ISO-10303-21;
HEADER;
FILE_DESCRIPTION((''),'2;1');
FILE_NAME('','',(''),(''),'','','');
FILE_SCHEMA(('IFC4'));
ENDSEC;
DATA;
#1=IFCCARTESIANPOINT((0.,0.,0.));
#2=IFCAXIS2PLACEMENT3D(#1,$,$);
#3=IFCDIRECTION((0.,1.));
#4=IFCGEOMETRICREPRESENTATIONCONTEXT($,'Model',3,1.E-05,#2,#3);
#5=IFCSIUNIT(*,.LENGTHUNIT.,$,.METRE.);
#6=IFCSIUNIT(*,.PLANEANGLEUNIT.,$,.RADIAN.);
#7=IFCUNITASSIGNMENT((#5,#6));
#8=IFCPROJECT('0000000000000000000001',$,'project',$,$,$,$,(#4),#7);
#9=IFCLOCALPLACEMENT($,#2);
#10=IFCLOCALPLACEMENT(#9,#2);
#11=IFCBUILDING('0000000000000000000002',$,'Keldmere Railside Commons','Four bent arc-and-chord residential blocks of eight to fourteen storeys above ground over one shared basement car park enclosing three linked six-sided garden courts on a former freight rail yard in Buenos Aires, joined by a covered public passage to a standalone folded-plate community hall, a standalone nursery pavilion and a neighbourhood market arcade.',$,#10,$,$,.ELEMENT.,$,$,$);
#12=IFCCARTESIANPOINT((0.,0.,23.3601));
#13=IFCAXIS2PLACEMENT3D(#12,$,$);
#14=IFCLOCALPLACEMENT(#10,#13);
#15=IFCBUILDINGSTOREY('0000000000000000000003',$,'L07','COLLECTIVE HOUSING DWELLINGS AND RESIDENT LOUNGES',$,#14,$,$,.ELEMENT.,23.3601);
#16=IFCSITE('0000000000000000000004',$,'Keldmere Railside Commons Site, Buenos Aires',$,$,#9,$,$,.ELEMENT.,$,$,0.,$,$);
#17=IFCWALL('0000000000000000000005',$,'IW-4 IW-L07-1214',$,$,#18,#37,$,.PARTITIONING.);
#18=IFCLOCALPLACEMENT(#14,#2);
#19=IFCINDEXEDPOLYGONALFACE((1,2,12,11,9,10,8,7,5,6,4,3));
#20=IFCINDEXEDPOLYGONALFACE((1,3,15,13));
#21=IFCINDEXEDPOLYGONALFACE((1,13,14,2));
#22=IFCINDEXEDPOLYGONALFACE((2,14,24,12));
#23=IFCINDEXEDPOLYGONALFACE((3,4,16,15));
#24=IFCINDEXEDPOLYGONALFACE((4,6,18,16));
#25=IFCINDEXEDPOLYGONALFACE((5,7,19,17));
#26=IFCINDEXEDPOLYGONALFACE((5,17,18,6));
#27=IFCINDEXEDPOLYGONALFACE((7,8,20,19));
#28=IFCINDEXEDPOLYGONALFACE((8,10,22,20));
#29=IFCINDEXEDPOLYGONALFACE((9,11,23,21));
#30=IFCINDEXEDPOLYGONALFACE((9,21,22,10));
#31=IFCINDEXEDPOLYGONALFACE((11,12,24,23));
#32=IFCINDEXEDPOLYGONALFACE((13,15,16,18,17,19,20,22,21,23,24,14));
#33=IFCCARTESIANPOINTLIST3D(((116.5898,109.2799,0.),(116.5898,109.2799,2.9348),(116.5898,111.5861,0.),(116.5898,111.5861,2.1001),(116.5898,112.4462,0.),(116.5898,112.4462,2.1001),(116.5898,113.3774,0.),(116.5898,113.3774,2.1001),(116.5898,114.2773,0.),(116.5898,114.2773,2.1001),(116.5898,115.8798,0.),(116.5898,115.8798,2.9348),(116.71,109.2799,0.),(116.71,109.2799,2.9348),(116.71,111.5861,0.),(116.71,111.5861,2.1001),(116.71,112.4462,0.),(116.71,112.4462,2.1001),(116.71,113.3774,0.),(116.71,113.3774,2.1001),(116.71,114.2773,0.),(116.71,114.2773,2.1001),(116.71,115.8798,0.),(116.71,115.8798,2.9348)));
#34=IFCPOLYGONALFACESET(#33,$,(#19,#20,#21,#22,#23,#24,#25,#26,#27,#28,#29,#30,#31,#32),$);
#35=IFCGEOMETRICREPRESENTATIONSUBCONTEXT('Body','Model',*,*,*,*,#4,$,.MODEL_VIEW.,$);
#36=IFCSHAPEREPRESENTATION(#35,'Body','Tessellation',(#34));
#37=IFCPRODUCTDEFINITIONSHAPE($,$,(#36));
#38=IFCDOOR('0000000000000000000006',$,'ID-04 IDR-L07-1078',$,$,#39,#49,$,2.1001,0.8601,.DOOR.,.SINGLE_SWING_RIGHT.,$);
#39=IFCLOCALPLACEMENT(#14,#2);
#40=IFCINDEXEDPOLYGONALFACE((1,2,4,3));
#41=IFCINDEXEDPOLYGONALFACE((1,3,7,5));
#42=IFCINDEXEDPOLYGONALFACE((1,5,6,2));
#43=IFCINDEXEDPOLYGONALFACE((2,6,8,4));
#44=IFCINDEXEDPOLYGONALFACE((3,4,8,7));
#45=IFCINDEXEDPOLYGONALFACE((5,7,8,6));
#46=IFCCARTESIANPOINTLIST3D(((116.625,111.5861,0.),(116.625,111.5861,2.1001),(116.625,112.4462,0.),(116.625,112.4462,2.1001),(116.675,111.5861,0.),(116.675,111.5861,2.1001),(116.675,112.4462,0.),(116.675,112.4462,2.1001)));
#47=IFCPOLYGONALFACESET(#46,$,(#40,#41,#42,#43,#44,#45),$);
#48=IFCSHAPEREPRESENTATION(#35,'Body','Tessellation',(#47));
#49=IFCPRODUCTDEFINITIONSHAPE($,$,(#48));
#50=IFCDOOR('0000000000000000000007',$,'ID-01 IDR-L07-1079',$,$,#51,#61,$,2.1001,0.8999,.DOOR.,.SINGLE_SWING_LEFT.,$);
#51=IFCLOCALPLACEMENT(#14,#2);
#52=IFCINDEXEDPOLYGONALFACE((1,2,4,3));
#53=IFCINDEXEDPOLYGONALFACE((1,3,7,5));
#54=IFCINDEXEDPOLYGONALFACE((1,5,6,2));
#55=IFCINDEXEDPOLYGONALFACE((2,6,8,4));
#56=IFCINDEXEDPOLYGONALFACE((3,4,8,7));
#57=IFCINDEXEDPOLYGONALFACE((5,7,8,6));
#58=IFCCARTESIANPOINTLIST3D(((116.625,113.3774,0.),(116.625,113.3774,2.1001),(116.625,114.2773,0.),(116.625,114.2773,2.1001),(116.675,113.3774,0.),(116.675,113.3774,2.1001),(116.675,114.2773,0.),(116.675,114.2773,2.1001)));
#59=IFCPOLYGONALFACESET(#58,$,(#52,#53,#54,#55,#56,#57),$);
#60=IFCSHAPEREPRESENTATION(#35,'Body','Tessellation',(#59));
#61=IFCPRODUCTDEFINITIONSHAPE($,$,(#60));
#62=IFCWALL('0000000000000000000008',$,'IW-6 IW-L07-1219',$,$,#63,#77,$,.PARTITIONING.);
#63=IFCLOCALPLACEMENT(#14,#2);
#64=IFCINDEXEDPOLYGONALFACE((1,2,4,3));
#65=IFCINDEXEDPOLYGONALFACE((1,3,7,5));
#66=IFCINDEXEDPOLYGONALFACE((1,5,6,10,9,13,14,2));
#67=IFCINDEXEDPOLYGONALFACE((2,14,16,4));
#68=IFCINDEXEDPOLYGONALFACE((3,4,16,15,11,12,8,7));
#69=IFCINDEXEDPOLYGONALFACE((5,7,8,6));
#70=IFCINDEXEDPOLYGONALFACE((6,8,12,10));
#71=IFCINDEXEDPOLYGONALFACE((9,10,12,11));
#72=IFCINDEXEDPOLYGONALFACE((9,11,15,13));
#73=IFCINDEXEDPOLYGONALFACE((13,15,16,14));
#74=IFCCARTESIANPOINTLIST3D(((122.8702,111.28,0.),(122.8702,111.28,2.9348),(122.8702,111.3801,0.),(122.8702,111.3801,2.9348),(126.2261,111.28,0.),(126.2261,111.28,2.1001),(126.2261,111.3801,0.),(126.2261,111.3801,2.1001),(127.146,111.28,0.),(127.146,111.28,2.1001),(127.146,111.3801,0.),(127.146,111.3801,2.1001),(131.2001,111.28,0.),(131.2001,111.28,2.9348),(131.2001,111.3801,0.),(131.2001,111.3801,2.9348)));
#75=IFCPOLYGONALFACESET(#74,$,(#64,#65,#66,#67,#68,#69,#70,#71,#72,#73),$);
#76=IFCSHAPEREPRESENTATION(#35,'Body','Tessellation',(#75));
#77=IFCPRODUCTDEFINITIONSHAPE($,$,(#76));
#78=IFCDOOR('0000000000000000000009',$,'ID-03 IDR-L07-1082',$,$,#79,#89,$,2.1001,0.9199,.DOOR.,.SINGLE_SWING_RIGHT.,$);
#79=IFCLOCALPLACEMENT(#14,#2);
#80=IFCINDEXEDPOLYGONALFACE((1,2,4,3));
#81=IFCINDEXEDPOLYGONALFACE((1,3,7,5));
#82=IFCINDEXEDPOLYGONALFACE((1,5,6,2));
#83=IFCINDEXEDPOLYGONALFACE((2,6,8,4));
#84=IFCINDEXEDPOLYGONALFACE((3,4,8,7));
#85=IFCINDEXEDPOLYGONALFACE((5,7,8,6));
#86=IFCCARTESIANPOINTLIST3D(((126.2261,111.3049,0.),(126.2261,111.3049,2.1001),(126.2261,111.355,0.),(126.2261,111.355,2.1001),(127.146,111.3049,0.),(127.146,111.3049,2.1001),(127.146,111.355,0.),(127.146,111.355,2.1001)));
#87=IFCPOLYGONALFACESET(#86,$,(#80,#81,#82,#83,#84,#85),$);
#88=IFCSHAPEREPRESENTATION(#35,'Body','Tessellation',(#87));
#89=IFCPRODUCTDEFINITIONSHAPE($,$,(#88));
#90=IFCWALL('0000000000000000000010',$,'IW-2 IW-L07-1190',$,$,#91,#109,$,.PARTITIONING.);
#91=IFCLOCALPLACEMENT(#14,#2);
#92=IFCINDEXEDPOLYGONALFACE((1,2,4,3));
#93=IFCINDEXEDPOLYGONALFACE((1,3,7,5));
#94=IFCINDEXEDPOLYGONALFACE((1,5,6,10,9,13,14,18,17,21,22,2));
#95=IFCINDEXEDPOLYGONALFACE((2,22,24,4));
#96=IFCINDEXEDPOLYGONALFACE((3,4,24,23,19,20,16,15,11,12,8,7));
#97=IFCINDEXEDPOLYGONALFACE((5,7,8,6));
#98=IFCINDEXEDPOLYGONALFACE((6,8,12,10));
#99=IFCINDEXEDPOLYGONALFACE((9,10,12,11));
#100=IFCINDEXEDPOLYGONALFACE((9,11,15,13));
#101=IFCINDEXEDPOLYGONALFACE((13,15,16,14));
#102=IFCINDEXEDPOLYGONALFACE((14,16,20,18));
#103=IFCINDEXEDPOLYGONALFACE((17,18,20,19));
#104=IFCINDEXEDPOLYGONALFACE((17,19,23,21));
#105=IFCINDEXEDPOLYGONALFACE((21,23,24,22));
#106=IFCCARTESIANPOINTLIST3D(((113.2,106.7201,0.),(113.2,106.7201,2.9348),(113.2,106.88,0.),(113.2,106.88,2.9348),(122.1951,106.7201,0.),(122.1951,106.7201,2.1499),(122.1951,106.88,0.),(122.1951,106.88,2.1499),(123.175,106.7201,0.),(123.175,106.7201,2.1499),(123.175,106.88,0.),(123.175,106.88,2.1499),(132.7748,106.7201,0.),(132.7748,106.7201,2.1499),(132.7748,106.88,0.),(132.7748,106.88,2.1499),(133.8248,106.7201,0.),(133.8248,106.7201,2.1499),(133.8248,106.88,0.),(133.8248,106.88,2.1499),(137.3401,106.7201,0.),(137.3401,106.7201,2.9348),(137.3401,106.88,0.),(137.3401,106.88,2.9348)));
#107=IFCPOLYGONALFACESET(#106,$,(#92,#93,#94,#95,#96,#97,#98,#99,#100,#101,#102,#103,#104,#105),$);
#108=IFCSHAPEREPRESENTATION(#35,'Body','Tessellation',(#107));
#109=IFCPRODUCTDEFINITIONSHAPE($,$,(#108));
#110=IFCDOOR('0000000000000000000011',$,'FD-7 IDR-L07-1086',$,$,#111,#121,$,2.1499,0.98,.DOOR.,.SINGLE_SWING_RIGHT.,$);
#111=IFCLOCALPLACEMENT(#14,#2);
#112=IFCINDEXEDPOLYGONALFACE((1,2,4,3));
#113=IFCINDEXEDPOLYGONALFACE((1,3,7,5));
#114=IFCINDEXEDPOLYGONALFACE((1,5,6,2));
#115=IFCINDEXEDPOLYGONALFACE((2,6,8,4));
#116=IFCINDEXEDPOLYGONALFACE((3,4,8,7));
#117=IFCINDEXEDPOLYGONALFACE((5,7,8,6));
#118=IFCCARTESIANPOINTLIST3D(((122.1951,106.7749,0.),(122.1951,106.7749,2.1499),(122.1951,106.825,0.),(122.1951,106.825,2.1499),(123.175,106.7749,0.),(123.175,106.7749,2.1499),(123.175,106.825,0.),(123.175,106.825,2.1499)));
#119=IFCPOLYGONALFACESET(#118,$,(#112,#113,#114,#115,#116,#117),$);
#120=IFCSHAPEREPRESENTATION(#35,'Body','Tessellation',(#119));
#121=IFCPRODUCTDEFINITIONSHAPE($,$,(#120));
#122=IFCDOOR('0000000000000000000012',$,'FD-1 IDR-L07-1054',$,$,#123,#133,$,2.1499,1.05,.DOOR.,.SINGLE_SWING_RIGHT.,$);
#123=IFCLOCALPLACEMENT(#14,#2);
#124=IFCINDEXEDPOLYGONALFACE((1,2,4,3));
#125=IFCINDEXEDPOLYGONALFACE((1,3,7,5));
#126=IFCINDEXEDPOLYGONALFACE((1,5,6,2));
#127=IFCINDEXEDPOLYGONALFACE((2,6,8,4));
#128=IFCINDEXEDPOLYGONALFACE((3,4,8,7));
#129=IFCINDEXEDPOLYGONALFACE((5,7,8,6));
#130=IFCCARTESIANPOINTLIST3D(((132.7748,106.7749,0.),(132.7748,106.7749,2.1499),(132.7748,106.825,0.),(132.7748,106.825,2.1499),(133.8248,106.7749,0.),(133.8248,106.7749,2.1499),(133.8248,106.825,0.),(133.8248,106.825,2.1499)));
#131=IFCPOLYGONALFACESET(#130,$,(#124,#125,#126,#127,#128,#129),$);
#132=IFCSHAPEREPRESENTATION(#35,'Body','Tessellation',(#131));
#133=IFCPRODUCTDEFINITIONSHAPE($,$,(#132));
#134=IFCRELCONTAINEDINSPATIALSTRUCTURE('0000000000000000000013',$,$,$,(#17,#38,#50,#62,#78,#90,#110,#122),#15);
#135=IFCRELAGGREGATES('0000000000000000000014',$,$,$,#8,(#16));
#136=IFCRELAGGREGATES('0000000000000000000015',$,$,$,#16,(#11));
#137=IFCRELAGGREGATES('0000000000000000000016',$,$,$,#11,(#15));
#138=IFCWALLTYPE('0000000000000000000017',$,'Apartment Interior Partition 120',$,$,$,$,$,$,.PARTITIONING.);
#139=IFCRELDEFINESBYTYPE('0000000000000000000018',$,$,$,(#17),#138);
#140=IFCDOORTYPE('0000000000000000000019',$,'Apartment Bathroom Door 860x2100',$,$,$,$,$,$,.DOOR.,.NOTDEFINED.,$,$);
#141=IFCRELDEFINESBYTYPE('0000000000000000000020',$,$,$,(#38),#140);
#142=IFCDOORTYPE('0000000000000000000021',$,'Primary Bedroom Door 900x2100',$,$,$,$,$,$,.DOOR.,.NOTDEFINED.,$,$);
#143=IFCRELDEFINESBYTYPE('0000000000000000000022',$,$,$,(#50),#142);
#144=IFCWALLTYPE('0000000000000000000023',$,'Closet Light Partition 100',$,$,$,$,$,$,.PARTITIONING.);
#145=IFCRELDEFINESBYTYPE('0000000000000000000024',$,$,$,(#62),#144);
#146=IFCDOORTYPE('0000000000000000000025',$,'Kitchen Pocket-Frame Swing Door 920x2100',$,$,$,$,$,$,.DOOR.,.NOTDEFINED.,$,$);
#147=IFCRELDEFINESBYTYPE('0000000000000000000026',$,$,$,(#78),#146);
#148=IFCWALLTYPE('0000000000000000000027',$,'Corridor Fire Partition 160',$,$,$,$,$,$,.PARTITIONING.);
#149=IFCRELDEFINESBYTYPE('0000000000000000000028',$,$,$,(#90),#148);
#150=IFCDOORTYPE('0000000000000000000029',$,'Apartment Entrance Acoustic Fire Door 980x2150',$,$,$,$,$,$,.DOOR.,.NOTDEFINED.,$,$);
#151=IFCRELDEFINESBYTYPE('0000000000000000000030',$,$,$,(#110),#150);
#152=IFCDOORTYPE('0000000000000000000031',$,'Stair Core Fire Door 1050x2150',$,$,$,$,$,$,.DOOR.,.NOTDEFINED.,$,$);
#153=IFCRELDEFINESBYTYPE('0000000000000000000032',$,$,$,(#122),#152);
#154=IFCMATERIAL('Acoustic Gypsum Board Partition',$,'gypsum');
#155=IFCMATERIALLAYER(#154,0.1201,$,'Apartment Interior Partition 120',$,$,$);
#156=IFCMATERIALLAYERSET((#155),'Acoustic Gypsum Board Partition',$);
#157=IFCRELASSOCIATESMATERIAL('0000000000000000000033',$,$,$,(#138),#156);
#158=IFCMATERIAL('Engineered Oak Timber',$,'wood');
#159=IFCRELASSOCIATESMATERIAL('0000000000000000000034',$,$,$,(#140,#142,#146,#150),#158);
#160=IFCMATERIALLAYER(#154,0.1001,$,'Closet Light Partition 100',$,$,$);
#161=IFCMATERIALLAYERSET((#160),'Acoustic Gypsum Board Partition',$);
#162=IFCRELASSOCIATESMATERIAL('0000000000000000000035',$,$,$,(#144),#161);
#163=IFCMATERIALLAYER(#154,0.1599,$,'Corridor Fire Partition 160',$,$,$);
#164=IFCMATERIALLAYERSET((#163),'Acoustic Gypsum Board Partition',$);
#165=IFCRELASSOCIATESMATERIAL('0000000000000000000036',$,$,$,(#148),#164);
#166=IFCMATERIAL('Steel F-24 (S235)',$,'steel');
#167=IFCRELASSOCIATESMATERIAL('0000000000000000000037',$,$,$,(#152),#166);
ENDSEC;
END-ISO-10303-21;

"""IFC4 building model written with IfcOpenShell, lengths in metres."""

from ifc_helpers import new_model, si_unit, direction, frame, frame_2d, origin, place, context, subcontext, project, spatial, rectangle, extrude, material, layer, layer_set, type_object, element, fill, save


model = new_model("IFC4")

# Units and contexts
model_context = context("Model", 3, precision=1e-05, world=origin(), true_north=direction((0.0, 1.0)))
body_context = subcontext(model_context, "Body", "Model", "MODEL_VIEW")
ifc_project = project(units=[si_unit("LENGTHUNIT", "METRE"), si_unit("PLANEANGLEUNIT", "RADIAN")], contexts=[model_context])

# Site, building, storey
site_placement = place(None, origin())
site = spatial("IfcSite", under=ifc_project, at=site_placement, Name="Keldmere Railside Commons Site, Buenos Aires", CompositionType="ELEMENT", RefElevation=0.0)
building_placement = place(site_placement, origin())
building = spatial("IfcBuilding", under=site, at=building_placement, Name="Keldmere Railside Commons", Description="Four bent arc-and-chord residential blocks of eight to fourteen storeys above ground over one shared basement car park enclosing three linked six-sided garden courts on a former freight rail yard in Buenos Aires, joined by a covered public passage to a standalone folded-plate community hall, a standalone nursery pavilion and a neighbourhood market arcade.", CompositionType="ELEMENT")
storey_placement = place(building_placement, frame((0.0, 0.0, 23.3601)))
storey = spatial("IfcBuildingStorey", under=building, at=storey_placement, Name="L07", Description="COLLECTIVE HOUSING DWELLINGS AND RESIDENT LOUNGES", CompositionType="ELEMENT", Elevation=23.3601)

# Shared definitions
ifc_material_1 = material(Name="Acoustic Gypsum Board Partition", Category="gypsum")

# Wall, openings, doors
ifc_layer_1 = layer(ifc_material_1, 0.1201, Name="Apartment Interior Partition 120")
ifc_layer_set_1 = layer_set([ifc_layer_1], Name="Acoustic Gypsum Board Partition")
wall_type_1 = type_object("IfcWallType", Name="Apartment Interior Partition 120", PredefinedType="PARTITIONING", material=ifc_layer_set_1)
wall_1_placement = place(storey_placement, frame((116.6499, 109.28, 0.0), z_axis=(0.0, 0.0, 1.0), x_axis=(0.0, 1.0, 0.0)))
wall_1 = element("IfcWall", 1, at=wall_1_placement, inside=storey, type_object=wall_type_1, Name="IW-4 IW-L07-1214", PredefinedType="PARTITIONING", context=body_context, shape_type="SweptSolid", body=[
    extrude(rectangle(XDim=6.5999, YDim=0.1201, at=frame_2d((3.2998, 0.0))), origin(), (0.0, 0.0, 1.0), 2.9348),
])
opening_1_placement = place(wall_1_placement, frame((2.3059, 0.0, 0.0)))
opening_1 = element("IfcOpeningElement", 2, at=opening_1_placement, cuts=wall_1, PredefinedType="OPENING", context=body_context, shape_type="SweptSolid", body=[
    extrude(rectangle(XDim=0.8601, YDim=2.1001, at=frame_2d((0.4302, 1.05))), frame((0.0, 0.0701, 0.0), z_axis=(0.0, -1.0, 0.0), x_axis=(1.0, 0.0, 0.0)), (0.0, 0.0, 1.0), 0.1401),
])
opening_2_placement = place(wall_1_placement, frame((4.0974, 0.0, 0.0)))
opening_2 = element("IfcOpeningElement", 3, at=opening_2_placement, cuts=wall_1, PredefinedType="OPENING", context=body_context, shape_type="SweptSolid", body=[
    extrude(rectangle(XDim=0.8999, YDim=2.1001, at=frame_2d((0.45, 1.05))), frame((0.0, 0.0701, 0.0), z_axis=(0.0, -1.0, 0.0), x_axis=(1.0, 0.0, 0.0)), (0.0, 0.0, 1.0), 0.1401),
])
ifc_material_2 = material(Name="Engineered Oak Timber", Category="wood")
door_type_1 = type_object("IfcDoorType", Name="Apartment Bathroom Door 860x2100", OperationType="NOTDEFINED", PredefinedType="DOOR", material=ifc_material_2)
door_1_placement = place(opening_1_placement, origin())
door_1 = element("IfcDoor", 4, at=door_1_placement, inside=storey, type_object=door_type_1, Name="ID-04 IDR-L07-1078", OperationType="SINGLE_SWING_RIGHT", OverallHeight=2.1001, OverallWidth=0.8601, PredefinedType="DOOR", context=body_context, shape_type="SweptSolid", body=[
    extrude(rectangle(XDim=0.8601, YDim=2.1001, at=frame_2d((0.4302, 1.05))), frame((0.0, 0.0249, 0.0), z_axis=(0.0, -1.0, 0.0), x_axis=(1.0, 0.0, 0.0)), (0.0, 0.0, 1.0), 0.05),
])
fill(opening_1, door_1)
door_type_2 = type_object("IfcDoorType", Name="Primary Bedroom Door 900x2100", OperationType="NOTDEFINED", PredefinedType="DOOR", material=ifc_material_2)
door_2_placement = place(opening_2_placement, origin())
door_2 = element("IfcDoor", 5, at=door_2_placement, inside=storey, type_object=door_type_2, Name="ID-01 IDR-L07-1079", OperationType="SINGLE_SWING_LEFT", OverallHeight=2.1001, OverallWidth=0.8999, PredefinedType="DOOR", context=body_context, shape_type="SweptSolid", body=[
    extrude(rectangle(XDim=0.8999, YDim=2.1001, at=frame_2d((0.45, 1.05))), frame((0.0, 0.0249, 0.0), z_axis=(0.0, -1.0, 0.0), x_axis=(1.0, 0.0, 0.0)), (0.0, 0.0, 1.0), 0.05),
])
fill(opening_2, door_2)

# Wall, opening, door
ifc_layer_2 = layer(ifc_material_1, 0.1001, Name="Closet Light Partition 100")
ifc_layer_set_2 = layer_set([ifc_layer_2], Name="Acoustic Gypsum Board Partition")
wall_type_2 = type_object("IfcWallType", Name="Closet Light Partition 100", PredefinedType="PARTITIONING", material=ifc_layer_set_2)
wall_2_placement = place(storey_placement, frame((122.8701, 111.3301, 0.0), z_axis=(0.0, 0.0, 1.0), x_axis=(1.0, 0.0, 0.0)))
wall_2 = element("IfcWall", 6, at=wall_2_placement, inside=storey, type_object=wall_type_2, Name="IW-6 IW-L07-1219", PredefinedType="PARTITIONING", context=body_context, shape_type="SweptSolid", body=[
    extrude(rectangle(XDim=8.3298, YDim=0.1001, at=frame_2d((4.165, 0.0))), origin(), (0.0, 0.0, 1.0), 2.9348),
])
opening_3_placement = place(wall_2_placement, frame((3.356, 0.0, 0.0)))
opening_3 = element("IfcOpeningElement", 7, at=opening_3_placement, cuts=wall_2, PredefinedType="OPENING", context=body_context, shape_type="SweptSolid", body=[
    extrude(rectangle(XDim=0.9199, YDim=2.1001, at=frame_2d((0.46, 1.05))), frame((0.0, 0.0601, 0.0), z_axis=(0.0, -1.0, 0.0), x_axis=(1.0, 0.0, 0.0)), (0.0, 0.0, 1.0), 0.1201),
])
door_type_3 = type_object("IfcDoorType", Name="Kitchen Pocket-Frame Swing Door 920x2100", OperationType="NOTDEFINED", PredefinedType="DOOR", material=ifc_material_2)
door_3_placement = place(opening_3_placement, origin())
door_3 = element("IfcDoor", 8, at=door_3_placement, inside=storey, type_object=door_type_3, Name="ID-03 IDR-L07-1082", OperationType="SINGLE_SWING_RIGHT", OverallHeight=2.1001, OverallWidth=0.9199, PredefinedType="DOOR", context=body_context, shape_type="SweptSolid", body=[
    extrude(rectangle(XDim=0.9199, YDim=2.1001, at=frame_2d((0.46, 1.05))), frame((0.0, 0.0249, 0.0), z_axis=(0.0, -1.0, 0.0), x_axis=(1.0, 0.0, 0.0)), (0.0, 0.0, 1.0), 0.05),
])
fill(opening_3, door_3)

# Wall, openings, doors
ifc_layer_3 = layer(ifc_material_1, 0.1599, Name="Corridor Fire Partition 160")
ifc_layer_set_3 = layer_set([ifc_layer_3], Name="Acoustic Gypsum Board Partition")
wall_type_3 = type_object("IfcWallType", Name="Corridor Fire Partition 160", PredefinedType="PARTITIONING", material=ifc_layer_set_3)
wall_3_placement = place(storey_placement, frame((113.2, 106.8, 0.0), z_axis=(0.0, 0.0, 1.0), x_axis=(1.0, 0.0, 0.0)))
wall_3 = element("IfcWall", 9, at=wall_3_placement, inside=storey, type_object=wall_type_3, Name="IW-2 IW-L07-1190", PredefinedType="PARTITIONING", context=body_context, shape_type="SweptSolid", body=[
    extrude(rectangle(XDim=24.1401, YDim=0.1599, at=frame_2d((12.0701, 0.0))), origin(), (0.0, 0.0, 1.0), 2.9348),
])
opening_4_placement = place(wall_3_placement, frame((19.575, 0.0, 0.0)))
opening_4 = element("IfcOpeningElement", 10, at=opening_4_placement, cuts=wall_3, PredefinedType="OPENING", context=body_context, shape_type="SweptSolid", body=[
    extrude(rectangle(XDim=1.05, YDim=2.1499, at=frame_2d((0.5249, 1.075))), frame((0.0, 0.0898, 0.0), z_axis=(0.0, -1.0, 0.0), x_axis=(1.0, 0.0, 0.0)), (0.0, 0.0, 1.0), 0.1799),
])
opening_5_placement = place(wall_3_placement, frame((8.9951, 0.0, 0.0)))
opening_5 = element("IfcOpeningElement", 11, at=opening_5_placement, cuts=wall_3, PredefinedType="OPENING", context=body_context, shape_type="SweptSolid", body=[
    extrude(rectangle(XDim=0.98, YDim=2.1499, at=frame_2d((0.49, 1.075))), frame((0.0, 0.0898, 0.0), z_axis=(0.0, -1.0, 0.0), x_axis=(1.0, 0.0, 0.0)), (0.0, 0.0, 1.0), 0.1799),
])
door_type_4 = type_object("IfcDoorType", Name="Apartment Entrance Acoustic Fire Door 980x2150", OperationType="NOTDEFINED", PredefinedType="DOOR", material=ifc_material_2)
door_4_placement = place(opening_5_placement, origin())
door_4 = element("IfcDoor", 12, at=door_4_placement, inside=storey, type_object=door_type_4, Name="FD-7 IDR-L07-1086", OperationType="SINGLE_SWING_RIGHT", OverallHeight=2.1499, OverallWidth=0.98, PredefinedType="DOOR", context=body_context, shape_type="SweptSolid", body=[
    extrude(rectangle(XDim=0.98, YDim=2.1499, at=frame_2d((0.49, 1.075))), frame((0.0, 0.0249, 0.0), z_axis=(0.0, -1.0, 0.0), x_axis=(1.0, 0.0, 0.0)), (0.0, 0.0, 1.0), 0.05),
])
fill(opening_5, door_4)
ifc_material_3 = material(Name="Steel F-24 (S235)", Category="steel")
door_type_5 = type_object("IfcDoorType", Name="Stair Core Fire Door 1050x2150", OperationType="NOTDEFINED", PredefinedType="DOOR", material=ifc_material_3)
door_5_placement = place(opening_4_placement, origin())
door_5 = element("IfcDoor", 13, at=door_5_placement, inside=storey, type_object=door_type_5, Name="FD-1 IDR-L07-1054", OperationType="SINGLE_SWING_RIGHT", OverallHeight=2.1499, OverallWidth=1.05, PredefinedType="DOOR", context=body_context, shape_type="SweptSolid", body=[
    extrude(rectangle(XDim=1.05, YDim=2.1499, at=frame_2d((0.5249, 1.075))), frame((0.0, 0.0249, 0.0), z_axis=(0.0, -1.0, 0.0), x_axis=(1.0, 0.0, 0.0)), (0.0, 0.0, 1.0), 0.05),
])
fill(opening_4, door_5)

save(model, "model.ifc")
